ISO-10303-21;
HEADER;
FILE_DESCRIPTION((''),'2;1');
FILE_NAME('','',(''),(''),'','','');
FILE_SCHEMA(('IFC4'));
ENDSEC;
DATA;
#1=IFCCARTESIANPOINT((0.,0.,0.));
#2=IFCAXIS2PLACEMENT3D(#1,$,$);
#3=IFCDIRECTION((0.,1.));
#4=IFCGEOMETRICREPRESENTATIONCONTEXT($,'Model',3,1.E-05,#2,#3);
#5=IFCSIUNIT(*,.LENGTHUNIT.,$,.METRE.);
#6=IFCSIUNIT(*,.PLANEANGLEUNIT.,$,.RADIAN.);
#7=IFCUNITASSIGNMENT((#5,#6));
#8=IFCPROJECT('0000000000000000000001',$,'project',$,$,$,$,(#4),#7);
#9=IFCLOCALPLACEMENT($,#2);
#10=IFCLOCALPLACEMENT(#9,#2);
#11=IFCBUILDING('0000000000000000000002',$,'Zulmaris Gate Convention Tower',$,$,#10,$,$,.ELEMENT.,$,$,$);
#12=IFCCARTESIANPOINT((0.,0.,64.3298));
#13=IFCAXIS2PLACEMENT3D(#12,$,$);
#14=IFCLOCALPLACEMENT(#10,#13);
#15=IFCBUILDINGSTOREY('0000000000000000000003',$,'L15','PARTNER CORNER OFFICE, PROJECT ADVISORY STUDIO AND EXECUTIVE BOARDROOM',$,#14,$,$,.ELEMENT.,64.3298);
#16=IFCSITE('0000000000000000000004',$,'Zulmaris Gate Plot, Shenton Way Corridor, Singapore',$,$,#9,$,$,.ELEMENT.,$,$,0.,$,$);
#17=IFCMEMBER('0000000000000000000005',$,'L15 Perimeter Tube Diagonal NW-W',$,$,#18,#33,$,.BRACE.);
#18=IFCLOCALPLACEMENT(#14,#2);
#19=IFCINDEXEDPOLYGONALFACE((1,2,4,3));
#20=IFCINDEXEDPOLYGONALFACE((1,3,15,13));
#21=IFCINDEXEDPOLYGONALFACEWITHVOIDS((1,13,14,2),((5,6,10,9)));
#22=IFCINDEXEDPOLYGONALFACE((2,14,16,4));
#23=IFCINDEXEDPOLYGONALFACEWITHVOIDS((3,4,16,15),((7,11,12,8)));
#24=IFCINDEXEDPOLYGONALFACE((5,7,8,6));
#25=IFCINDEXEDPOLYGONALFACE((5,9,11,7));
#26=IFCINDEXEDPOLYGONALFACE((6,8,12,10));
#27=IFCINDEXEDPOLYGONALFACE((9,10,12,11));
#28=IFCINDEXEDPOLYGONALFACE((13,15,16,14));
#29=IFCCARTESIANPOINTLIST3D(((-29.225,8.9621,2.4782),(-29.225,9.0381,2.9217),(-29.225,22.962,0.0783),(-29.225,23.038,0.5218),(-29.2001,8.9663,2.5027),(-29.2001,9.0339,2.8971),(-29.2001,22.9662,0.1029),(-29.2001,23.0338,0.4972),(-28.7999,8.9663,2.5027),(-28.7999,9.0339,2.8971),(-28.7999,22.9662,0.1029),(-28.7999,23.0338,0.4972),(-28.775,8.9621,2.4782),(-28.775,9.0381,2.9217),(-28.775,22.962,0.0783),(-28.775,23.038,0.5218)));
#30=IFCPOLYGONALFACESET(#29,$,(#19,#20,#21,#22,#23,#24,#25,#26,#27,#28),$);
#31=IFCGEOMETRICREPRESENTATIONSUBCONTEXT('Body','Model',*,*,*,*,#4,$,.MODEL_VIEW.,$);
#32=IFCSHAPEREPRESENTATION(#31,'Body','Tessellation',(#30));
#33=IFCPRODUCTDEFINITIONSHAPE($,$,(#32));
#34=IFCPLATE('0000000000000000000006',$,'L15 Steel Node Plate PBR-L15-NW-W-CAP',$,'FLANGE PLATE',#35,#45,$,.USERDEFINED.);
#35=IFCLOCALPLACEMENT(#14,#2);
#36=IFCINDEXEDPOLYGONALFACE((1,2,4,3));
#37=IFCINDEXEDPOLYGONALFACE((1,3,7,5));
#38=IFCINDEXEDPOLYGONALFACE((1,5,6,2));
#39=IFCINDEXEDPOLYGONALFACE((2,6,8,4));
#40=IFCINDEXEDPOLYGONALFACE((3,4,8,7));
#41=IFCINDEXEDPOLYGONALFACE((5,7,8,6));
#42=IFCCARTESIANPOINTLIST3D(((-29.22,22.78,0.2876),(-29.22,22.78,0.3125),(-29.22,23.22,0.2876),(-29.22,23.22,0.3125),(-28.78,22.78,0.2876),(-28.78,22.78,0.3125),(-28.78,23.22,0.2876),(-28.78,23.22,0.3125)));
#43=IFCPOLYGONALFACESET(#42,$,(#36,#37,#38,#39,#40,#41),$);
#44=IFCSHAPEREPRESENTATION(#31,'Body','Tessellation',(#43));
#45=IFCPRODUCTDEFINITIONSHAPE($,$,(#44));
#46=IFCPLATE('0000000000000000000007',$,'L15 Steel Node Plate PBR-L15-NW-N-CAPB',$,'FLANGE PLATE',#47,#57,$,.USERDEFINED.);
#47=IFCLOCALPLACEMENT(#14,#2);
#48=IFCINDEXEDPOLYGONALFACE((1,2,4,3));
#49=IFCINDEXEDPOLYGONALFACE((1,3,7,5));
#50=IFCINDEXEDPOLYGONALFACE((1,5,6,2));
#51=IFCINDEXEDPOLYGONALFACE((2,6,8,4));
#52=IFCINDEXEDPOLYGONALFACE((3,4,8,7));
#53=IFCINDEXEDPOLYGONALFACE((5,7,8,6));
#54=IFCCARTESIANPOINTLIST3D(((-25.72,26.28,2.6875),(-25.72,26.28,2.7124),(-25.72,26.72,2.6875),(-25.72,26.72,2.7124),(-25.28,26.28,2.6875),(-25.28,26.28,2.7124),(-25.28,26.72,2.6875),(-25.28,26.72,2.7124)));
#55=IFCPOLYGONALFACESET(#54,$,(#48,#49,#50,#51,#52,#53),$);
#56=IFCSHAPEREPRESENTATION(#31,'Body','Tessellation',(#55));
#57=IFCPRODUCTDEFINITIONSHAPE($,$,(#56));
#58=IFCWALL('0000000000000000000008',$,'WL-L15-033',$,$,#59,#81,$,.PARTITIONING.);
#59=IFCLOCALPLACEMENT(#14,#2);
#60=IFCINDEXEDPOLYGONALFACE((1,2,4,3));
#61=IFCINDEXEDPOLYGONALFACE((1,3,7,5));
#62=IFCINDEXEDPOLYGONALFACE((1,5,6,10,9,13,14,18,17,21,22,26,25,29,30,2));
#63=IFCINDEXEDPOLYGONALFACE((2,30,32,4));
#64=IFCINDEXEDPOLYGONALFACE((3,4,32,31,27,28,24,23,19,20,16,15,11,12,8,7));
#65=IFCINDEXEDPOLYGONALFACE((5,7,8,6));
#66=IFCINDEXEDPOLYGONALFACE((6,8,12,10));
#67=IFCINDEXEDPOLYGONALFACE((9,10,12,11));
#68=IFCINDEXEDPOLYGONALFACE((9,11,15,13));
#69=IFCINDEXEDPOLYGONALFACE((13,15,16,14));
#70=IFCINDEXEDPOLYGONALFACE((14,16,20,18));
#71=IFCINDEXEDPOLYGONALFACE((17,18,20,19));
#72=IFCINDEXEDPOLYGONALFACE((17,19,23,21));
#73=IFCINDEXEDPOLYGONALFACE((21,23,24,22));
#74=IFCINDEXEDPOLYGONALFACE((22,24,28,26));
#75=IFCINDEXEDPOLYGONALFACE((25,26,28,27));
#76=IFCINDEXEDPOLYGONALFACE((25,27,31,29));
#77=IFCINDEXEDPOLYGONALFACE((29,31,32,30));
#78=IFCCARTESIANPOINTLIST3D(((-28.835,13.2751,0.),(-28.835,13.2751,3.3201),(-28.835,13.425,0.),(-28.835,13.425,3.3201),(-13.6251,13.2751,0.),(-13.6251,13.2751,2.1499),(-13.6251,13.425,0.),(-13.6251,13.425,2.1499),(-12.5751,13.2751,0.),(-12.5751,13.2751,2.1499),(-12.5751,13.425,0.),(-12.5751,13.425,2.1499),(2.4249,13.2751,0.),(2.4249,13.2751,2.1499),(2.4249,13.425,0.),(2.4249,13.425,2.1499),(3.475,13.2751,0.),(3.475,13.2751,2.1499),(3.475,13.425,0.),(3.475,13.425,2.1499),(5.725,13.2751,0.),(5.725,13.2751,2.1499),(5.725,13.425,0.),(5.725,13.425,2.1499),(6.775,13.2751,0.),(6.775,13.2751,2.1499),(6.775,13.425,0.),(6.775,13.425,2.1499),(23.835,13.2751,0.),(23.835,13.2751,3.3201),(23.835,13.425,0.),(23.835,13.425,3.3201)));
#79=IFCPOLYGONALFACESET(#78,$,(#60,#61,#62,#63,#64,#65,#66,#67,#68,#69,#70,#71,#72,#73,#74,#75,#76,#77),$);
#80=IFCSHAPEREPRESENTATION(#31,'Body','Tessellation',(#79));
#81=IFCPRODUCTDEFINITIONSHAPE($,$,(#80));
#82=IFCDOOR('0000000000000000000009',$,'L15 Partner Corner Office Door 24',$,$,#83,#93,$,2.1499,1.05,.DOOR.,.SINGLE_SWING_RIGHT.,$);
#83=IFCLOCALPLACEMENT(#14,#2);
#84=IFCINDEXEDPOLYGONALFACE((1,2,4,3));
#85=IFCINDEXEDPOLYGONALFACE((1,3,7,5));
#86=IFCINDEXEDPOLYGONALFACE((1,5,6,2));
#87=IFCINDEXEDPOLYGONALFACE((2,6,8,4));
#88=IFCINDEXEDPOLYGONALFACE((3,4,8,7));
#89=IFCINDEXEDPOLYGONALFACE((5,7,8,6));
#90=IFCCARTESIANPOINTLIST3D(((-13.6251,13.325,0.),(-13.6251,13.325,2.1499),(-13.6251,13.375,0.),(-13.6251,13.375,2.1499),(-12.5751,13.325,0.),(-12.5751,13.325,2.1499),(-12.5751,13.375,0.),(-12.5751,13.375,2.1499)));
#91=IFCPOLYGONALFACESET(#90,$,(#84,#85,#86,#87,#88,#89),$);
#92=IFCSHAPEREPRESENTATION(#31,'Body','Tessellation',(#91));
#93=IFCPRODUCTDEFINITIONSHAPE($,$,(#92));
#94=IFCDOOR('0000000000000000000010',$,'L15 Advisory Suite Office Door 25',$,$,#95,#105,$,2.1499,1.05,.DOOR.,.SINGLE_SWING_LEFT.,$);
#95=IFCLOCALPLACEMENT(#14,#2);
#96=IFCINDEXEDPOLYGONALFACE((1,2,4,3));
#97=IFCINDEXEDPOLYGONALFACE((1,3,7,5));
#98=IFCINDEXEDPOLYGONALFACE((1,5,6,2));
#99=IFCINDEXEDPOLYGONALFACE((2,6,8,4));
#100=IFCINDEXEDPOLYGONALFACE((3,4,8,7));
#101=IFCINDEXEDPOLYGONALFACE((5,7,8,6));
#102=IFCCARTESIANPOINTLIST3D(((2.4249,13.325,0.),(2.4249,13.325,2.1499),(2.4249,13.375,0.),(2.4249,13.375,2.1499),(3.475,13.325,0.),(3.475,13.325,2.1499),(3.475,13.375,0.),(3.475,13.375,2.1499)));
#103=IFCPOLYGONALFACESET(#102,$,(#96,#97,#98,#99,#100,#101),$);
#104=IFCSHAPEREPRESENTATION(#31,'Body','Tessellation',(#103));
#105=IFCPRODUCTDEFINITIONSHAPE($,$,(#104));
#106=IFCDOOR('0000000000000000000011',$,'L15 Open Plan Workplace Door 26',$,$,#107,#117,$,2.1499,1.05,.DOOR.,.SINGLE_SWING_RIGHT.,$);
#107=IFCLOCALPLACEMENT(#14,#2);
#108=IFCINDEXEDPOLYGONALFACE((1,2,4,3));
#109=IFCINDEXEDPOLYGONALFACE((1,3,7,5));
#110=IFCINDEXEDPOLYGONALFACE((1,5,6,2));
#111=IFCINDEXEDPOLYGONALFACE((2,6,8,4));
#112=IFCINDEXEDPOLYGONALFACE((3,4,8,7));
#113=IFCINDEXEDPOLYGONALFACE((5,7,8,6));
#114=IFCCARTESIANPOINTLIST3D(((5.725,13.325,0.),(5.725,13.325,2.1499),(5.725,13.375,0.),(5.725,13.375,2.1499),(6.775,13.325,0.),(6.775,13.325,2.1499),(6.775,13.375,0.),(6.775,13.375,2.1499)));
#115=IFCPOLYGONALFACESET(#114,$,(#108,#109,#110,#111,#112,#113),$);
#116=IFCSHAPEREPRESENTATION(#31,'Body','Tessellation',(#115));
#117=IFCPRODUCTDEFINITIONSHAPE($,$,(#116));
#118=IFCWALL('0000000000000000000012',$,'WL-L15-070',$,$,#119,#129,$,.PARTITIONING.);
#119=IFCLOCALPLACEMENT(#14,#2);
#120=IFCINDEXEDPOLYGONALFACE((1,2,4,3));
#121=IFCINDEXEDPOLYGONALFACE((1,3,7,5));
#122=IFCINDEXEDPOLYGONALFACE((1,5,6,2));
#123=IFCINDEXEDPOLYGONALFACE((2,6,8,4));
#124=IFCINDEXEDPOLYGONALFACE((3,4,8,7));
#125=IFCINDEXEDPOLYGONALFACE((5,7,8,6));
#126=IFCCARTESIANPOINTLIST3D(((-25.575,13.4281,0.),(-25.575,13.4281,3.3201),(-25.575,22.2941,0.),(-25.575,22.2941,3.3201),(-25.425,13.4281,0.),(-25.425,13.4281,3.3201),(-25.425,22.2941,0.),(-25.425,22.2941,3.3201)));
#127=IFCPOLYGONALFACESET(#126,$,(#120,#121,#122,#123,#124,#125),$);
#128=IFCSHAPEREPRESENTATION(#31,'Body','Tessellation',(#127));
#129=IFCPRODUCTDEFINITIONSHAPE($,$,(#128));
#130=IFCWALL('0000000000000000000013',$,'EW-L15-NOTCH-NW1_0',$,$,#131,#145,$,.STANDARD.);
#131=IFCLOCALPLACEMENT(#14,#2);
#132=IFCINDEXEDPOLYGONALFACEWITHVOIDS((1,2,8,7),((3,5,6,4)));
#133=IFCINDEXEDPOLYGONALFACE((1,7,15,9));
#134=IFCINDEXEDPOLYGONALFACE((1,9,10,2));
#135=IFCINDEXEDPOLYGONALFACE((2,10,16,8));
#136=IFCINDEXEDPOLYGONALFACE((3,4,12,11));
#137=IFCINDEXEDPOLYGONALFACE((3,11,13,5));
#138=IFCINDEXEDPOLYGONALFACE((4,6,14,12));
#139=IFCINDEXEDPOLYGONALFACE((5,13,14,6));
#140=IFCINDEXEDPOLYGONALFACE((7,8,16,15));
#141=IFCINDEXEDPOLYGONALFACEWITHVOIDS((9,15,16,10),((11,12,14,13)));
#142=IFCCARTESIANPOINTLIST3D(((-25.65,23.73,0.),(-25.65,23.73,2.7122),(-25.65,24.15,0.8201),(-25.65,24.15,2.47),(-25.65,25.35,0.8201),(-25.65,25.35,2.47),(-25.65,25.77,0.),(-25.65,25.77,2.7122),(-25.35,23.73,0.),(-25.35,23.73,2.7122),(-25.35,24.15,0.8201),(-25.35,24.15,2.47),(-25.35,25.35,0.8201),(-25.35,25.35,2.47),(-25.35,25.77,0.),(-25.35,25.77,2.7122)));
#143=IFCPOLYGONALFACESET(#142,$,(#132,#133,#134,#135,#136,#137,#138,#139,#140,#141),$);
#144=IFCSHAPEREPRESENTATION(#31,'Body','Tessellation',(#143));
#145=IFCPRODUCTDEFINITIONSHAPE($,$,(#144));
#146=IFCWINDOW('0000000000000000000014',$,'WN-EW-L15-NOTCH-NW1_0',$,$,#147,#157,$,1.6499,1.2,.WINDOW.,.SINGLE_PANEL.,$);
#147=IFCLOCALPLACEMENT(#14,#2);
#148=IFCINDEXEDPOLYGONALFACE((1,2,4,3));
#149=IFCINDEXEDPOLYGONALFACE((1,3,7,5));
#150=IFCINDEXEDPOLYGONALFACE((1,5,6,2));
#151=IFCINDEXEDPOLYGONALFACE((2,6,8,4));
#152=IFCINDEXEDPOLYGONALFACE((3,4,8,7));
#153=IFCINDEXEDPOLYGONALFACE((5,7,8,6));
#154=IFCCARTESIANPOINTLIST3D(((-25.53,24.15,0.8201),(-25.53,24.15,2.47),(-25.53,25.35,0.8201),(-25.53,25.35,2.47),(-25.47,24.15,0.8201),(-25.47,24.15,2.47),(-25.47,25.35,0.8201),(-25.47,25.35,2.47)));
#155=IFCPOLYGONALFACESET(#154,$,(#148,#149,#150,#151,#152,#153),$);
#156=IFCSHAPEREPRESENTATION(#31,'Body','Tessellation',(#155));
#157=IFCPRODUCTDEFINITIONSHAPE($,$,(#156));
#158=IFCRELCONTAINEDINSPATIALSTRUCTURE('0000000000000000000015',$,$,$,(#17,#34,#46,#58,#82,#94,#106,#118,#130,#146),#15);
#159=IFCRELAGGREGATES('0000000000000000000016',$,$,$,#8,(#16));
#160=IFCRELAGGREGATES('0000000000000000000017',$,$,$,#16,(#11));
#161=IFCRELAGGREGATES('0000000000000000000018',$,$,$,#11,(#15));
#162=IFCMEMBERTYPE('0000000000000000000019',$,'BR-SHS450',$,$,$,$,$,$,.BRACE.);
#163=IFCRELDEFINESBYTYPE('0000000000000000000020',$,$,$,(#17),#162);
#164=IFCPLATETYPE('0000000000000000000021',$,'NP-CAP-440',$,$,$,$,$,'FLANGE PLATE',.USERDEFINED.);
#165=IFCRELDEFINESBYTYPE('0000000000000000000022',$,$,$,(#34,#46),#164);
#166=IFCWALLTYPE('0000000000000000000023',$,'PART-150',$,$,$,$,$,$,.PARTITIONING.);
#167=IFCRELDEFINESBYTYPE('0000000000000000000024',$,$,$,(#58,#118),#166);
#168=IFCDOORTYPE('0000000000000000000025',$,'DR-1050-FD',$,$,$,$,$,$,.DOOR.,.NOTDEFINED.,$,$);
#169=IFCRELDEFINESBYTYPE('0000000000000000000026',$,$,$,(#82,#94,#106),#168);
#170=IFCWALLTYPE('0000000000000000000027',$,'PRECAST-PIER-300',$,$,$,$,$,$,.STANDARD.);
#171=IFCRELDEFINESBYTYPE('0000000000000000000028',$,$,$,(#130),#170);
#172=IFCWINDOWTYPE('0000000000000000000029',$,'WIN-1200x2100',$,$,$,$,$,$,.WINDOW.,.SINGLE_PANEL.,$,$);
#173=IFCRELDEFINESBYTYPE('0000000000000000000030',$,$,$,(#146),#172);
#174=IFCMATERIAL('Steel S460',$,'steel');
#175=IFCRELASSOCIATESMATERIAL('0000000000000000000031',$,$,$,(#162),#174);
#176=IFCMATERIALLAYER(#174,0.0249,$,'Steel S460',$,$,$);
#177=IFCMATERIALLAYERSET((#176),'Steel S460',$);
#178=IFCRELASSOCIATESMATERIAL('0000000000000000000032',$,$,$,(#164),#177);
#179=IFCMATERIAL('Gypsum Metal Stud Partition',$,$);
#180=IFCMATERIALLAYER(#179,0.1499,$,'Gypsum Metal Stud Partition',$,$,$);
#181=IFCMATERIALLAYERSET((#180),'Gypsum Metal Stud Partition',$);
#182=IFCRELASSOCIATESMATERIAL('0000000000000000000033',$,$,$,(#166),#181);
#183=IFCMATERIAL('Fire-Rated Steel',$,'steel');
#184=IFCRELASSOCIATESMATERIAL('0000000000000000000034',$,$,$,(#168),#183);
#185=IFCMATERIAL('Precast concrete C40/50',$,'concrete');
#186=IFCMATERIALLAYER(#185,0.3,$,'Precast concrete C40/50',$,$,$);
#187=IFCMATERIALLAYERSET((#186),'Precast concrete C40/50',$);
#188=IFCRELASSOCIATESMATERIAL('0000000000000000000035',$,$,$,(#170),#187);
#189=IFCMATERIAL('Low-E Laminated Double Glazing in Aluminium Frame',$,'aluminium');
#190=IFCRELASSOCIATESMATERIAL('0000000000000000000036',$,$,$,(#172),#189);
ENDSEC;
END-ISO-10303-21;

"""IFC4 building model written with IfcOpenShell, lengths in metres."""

from ifc_helpers import new_model, si_unit, direction, frame, frame_2d, origin, origin_2d, place, context, subcontext, project, spatial, rectangle, hollow_rectangle, extrude, material, layer, layer_set, material_profile, profile_set, type_object, element, fill, save


model = new_model("IFC4")

# Units and contexts
model_context = context("Model", 3, precision=1e-05, world=origin(), true_north=direction((0.0, 1.0)))
body_context = subcontext(model_context, "Body", "Model", "MODEL_VIEW")
ifc_project = project(units=[si_unit("LENGTHUNIT", "METRE"), si_unit("PLANEANGLEUNIT", "RADIAN")], contexts=[model_context])

# Site, building, storey
site_placement = place(None, origin())
site = spatial("IfcSite", under=ifc_project, at=site_placement, Name="Zulmaris Gate Plot, Shenton Way Corridor, Singapore", CompositionType="ELEMENT", RefElevation=0.0)
building_placement = place(site_placement, origin())
building = spatial("IfcBuilding", under=site, at=building_placement, Name="Zulmaris Gate Convention Tower", CompositionType="ELEMENT")
storey_placement = place(building_placement, frame((0.0, 0.0, 64.3298)))
storey = spatial("IfcBuildingStorey", under=building, at=storey_placement, Name="L15", Description="PARTNER CORNER OFFICE, PROJECT ADVISORY STUDIO AND EXECUTIVE BOARDROOM", CompositionType="ELEMENT", Elevation=64.3298)

# Member
ifc_material_1 = material(Name="Steel S460", Category="steel")
ifc_material_profile_1 = material_profile(ifc_material_1, hollow_rectangle(XDim=0.45, YDim=0.45, WallThickness=0.0249, at=origin_2d()), Name="SHS 450x450x25")
ifc_profile_set_1 = profile_set([ifc_material_profile_1], Name="Steel S460")
member_type = type_object("IfcMemberType", Name="BR-SHS450", PredefinedType="BRACE", material=ifc_profile_set_1)
member_placement = place(storey_placement, frame((-29.0, 23.0, 0.3), z_axis=(0.0, -0.985623, 0.168957), x_axis=(1.0, 0.0, 0.0)))
element("IfcMember", 1, at=member_placement, inside=storey, type_object=member_type, Name="L15 Perimeter Tube Diagonal NW-W", PredefinedType="BRACE", context=body_context, shape_type="SweptSolid", body=[
    extrude(hollow_rectangle(XDim=0.45, YDim=0.45, WallThickness=0.0249, at=origin_2d()), origin(), (0.0, 0.0, 1.0), 14.2041),
])

# Plates
ifc_layer_1 = layer(ifc_material_1, 0.0249, Name="Steel S460")
ifc_layer_set_1 = layer_set([ifc_layer_1], Name="Steel S460")
plate_type = type_object("IfcPlateType", Name="NP-CAP-440", ElementType="FLANGE PLATE", PredefinedType="USERDEFINED", material=ifc_layer_set_1)
for number, where, z_axis, x_axis, name in (
    (2, (-29.0, 23.0, 0.2876), (0.0, 0.0, 1.0), (1.0, 0.0, 0.0), "L15 Steel Node Plate PBR-L15-NW-W-CAP"),
    (3, (-25.5, 26.5, 2.6875), (0.0, 0.0, 1.0), (1.0, 0.0, 0.0), "L15 Steel Node Plate PBR-L15-NW-N-CAPB"),
):
    element("IfcPlate", number, at=place(storey_placement, frame(where, z_axis=z_axis, x_axis=x_axis)), inside=storey, type_object=plate_type, Name=name, ObjectType="FLANGE PLATE", PredefinedType="USERDEFINED", context=body_context, shape_type="SweptSolid", body=[
        extrude(rectangle(XDim=0.4399, YDim=0.4399, at=origin_2d()), origin(), (0.0, 0.0, 1.0), 0.0249),
    ])

# Shared definitions
ifc_material_2 = material(Name="Fire-Rated Steel", Category="steel")

# Wall, openings, doors
ifc_material_3 = material(Name="Gypsum Metal Stud Partition")
ifc_layer_2 = layer(ifc_material_3, 0.1499, Name="Gypsum Metal Stud Partition")
ifc_layer_set_2 = layer_set([ifc_layer_2], Name="Gypsum Metal Stud Partition")
wall_type_1 = type_object("IfcWallType", Name="PART-150", PredefinedType="PARTITIONING", material=ifc_layer_set_2)
wall_1_placement = place(storey_placement, frame((-28.835, 13.3501, 0.0), z_axis=(0.0, 0.0, 1.0), x_axis=(1.0, 0.0, 0.0)))
wall_1 = element("IfcWall", 4, at=wall_1_placement, inside=storey, type_object=wall_type_1, Name="WL-L15-033", PredefinedType="PARTITIONING", context=body_context, shape_type="SweptSolid", body=[
    extrude(rectangle(XDim=52.6699, YDim=0.1499, at=frame_2d((26.335, 0.0))), origin(), (0.0, 0.0, 1.0), 3.3201),
])
opening_1_placement = place(wall_1_placement, frame((15.21, 0.0, 0.0)))
opening_1 = element("IfcOpeningElement", 5, at=opening_1_placement, cuts=wall_1, PredefinedType="OPENING", context=body_context, shape_type="SweptSolid", body=[
    extrude(rectangle(XDim=1.05, YDim=2.1499, at=frame_2d((0.5249, 1.075))), frame((0.0, 0.085, 0.0), z_axis=(0.0, -1.0, 0.0), x_axis=(1.0, 0.0, 0.0)), (0.0, 0.0, 1.0), 0.1699),
])
opening_2_placement = place(wall_1_placement, frame((31.26, 0.0, 0.0)))
opening_2 = element("IfcOpeningElement", 6, at=opening_2_placement, cuts=wall_1, PredefinedType="OPENING", context=body_context, shape_type="SweptSolid", body=[
    extrude(rectangle(XDim=1.05, YDim=2.1499, at=frame_2d((0.5249, 1.075))), frame((0.0, 0.085, 0.0), z_axis=(0.0, -1.0, 0.0), x_axis=(1.0, 0.0, 0.0)), (0.0, 0.0, 1.0), 0.1699),
])
opening_3_placement = place(wall_1_placement, frame((34.5601, 0.0, 0.0)))
opening_3 = element("IfcOpeningElement", 7, at=opening_3_placement, cuts=wall_1, PredefinedType="OPENING", context=body_context, shape_type="SweptSolid", body=[
    extrude(rectangle(XDim=1.05, YDim=2.1499, at=frame_2d((0.5249, 1.075))), frame((0.0, 0.085, 0.0), z_axis=(0.0, -1.0, 0.0), x_axis=(1.0, 0.0, 0.0)), (0.0, 0.0, 1.0), 0.1699),
])
door_type_1 = type_object("IfcDoorType", Name="DR-1050-FD", OperationType="NOTDEFINED", PredefinedType="DOOR", material=ifc_material_2)
door_1_placement = place(opening_1_placement, origin())
door_1 = element("IfcDoor", 8, at=door_1_placement, inside=storey, type_object=door_type_1, Name="L15 Partner Corner Office Door 24", OperationType="SINGLE_SWING_RIGHT", OverallHeight=2.1499, OverallWidth=1.05, PredefinedType="DOOR", context=body_context, shape_type="SweptSolid", body=[
    extrude(rectangle(XDim=1.05, YDim=2.1499, at=frame_2d((0.5249, 1.075))), frame((0.0, 0.0249, 0.0), z_axis=(0.0, -1.0, 0.0), x_axis=(1.0, 0.0, 0.0)), (0.0, 0.0, 1.0), 0.05),
])
fill(opening_1, door_1)
door_2_placement = place(opening_2_placement, origin())
door_2 = element("IfcDoor", 9, at=door_2_placement, inside=storey, type_object=door_type_1, Name="L15 Advisory Suite Office Door 25", OperationType="SINGLE_SWING_LEFT", OverallHeight=2.1499, OverallWidth=1.05, PredefinedType="DOOR", context=body_context, shape_type="SweptSolid", body=[
    extrude(rectangle(XDim=1.05, YDim=2.1499, at=frame_2d((0.5249, 1.075))), frame((0.0, 0.0249, 0.0), z_axis=(0.0, -1.0, 0.0), x_axis=(1.0, 0.0, 0.0)), (0.0, 0.0, 1.0), 0.05),
])
fill(opening_2, door_2)
door_3_placement = place(opening_3_placement, origin())
door_3 = element("IfcDoor", 10, at=door_3_placement, inside=storey, type_object=door_type_1, Name="L15 Open Plan Workplace Door 26", OperationType="SINGLE_SWING_RIGHT", OverallHeight=2.1499, OverallWidth=1.05, PredefinedType="DOOR", context=body_context, shape_type="SweptSolid", body=[
    extrude(rectangle(XDim=1.05, YDim=2.1499, at=frame_2d((0.5249, 1.075))), frame((0.0, 0.0249, 0.0), z_axis=(0.0, -1.0, 0.0), x_axis=(1.0, 0.0, 0.0)), (0.0, 0.0, 1.0), 0.05),
])
fill(opening_3, door_3)

# Wall
wall_2_placement = place(storey_placement, frame((-25.5, 13.428, 0.0), z_axis=(0.0, 0.0, 1.0), x_axis=(0.0, 1.0, 0.0)))
element("IfcWall", 11, at=wall_2_placement, inside=storey, type_object=wall_type_1, Name="WL-L15-070", PredefinedType="PARTITIONING", context=body_context, shape_type="SweptSolid", body=[
    extrude(rectangle(XDim=8.866, YDim=0.1499, at=frame_2d((4.4331, 0.0))), origin(), (0.0, 0.0, 1.0), 3.3201),
])

# Wall, opening, window
ifc_material_4 = material(Name="Precast concrete C40/50", Category="concrete")
ifc_layer_3 = layer(ifc_material_4, 0.3, Name="Precast concrete C40/50")
ifc_layer_set_3 = layer_set([ifc_layer_3], Name="Precast concrete C40/50")
wall_type_2 = type_object("IfcWallType", Name="PRECAST-PIER-300", PredefinedType="STANDARD", material=ifc_layer_set_3)
wall_3_placement = place(storey_placement, frame((-25.5, 25.77, 0.0), z_axis=(0.0, 0.0, 1.0), x_axis=(0.0, -1.0, 0.0)))
wall_3 = element("IfcWall", 12, at=wall_3_placement, inside=storey, type_object=wall_type_2, Name="EW-L15-NOTCH-NW1_0", PredefinedType="STANDARD", context=body_context, shape_type="SweptSolid", body=[
    extrude(rectangle(XDim=2.04, YDim=0.3, at=frame_2d((1.02, 0.0))), origin(), (0.0, 0.0, 1.0), 2.7122),
])
opening_4_placement = place(wall_3_placement, frame((0.4199, 0.0, 0.8201)))
opening_4 = element("IfcOpeningElement", 13, at=opening_4_placement, cuts=wall_3, PredefinedType="OPENING", context=body_context, shape_type="SweptSolid", body=[
    extrude(rectangle(XDim=1.2, YDim=1.6499, at=frame_2d((0.6001, 0.825))), frame((0.0, 0.1602, 0.0), z_axis=(0.0, -1.0, 0.0), x_axis=(1.0, 0.0, 0.0)), (0.0, 0.0, 1.0), 0.3201),
])
ifc_material_5 = material(Name="Low-E Laminated Double Glazing in Aluminium Frame", Category="aluminium")
window_type = type_object("IfcWindowType", Name="WIN-1200x2100", PartitioningType="SINGLE_PANEL", PredefinedType="WINDOW", material=ifc_material_5)
window_1_placement = place(opening_4_placement, origin())
window_1 = element("IfcWindow", 14, at=window_1_placement, inside=storey, type_object=window_type, Name="WN-EW-L15-NOTCH-NW1_0", OverallHeight=1.6499, OverallWidth=1.2, PartitioningType="SINGLE_PANEL", PredefinedType="WINDOW", context=body_context, shape_type="SweptSolid", body=[
    extrude(rectangle(XDim=1.2, YDim=1.6499, at=frame_2d((0.6001, 0.825))), frame((0.0, 0.03, 0.0), z_axis=(0.0, -1.0, 0.0), x_axis=(1.0, 0.0, 0.0)), (0.0, 0.0, 1.0), 0.0601),
])
fill(opening_4, window_1)

save(model, "model.ifc")
